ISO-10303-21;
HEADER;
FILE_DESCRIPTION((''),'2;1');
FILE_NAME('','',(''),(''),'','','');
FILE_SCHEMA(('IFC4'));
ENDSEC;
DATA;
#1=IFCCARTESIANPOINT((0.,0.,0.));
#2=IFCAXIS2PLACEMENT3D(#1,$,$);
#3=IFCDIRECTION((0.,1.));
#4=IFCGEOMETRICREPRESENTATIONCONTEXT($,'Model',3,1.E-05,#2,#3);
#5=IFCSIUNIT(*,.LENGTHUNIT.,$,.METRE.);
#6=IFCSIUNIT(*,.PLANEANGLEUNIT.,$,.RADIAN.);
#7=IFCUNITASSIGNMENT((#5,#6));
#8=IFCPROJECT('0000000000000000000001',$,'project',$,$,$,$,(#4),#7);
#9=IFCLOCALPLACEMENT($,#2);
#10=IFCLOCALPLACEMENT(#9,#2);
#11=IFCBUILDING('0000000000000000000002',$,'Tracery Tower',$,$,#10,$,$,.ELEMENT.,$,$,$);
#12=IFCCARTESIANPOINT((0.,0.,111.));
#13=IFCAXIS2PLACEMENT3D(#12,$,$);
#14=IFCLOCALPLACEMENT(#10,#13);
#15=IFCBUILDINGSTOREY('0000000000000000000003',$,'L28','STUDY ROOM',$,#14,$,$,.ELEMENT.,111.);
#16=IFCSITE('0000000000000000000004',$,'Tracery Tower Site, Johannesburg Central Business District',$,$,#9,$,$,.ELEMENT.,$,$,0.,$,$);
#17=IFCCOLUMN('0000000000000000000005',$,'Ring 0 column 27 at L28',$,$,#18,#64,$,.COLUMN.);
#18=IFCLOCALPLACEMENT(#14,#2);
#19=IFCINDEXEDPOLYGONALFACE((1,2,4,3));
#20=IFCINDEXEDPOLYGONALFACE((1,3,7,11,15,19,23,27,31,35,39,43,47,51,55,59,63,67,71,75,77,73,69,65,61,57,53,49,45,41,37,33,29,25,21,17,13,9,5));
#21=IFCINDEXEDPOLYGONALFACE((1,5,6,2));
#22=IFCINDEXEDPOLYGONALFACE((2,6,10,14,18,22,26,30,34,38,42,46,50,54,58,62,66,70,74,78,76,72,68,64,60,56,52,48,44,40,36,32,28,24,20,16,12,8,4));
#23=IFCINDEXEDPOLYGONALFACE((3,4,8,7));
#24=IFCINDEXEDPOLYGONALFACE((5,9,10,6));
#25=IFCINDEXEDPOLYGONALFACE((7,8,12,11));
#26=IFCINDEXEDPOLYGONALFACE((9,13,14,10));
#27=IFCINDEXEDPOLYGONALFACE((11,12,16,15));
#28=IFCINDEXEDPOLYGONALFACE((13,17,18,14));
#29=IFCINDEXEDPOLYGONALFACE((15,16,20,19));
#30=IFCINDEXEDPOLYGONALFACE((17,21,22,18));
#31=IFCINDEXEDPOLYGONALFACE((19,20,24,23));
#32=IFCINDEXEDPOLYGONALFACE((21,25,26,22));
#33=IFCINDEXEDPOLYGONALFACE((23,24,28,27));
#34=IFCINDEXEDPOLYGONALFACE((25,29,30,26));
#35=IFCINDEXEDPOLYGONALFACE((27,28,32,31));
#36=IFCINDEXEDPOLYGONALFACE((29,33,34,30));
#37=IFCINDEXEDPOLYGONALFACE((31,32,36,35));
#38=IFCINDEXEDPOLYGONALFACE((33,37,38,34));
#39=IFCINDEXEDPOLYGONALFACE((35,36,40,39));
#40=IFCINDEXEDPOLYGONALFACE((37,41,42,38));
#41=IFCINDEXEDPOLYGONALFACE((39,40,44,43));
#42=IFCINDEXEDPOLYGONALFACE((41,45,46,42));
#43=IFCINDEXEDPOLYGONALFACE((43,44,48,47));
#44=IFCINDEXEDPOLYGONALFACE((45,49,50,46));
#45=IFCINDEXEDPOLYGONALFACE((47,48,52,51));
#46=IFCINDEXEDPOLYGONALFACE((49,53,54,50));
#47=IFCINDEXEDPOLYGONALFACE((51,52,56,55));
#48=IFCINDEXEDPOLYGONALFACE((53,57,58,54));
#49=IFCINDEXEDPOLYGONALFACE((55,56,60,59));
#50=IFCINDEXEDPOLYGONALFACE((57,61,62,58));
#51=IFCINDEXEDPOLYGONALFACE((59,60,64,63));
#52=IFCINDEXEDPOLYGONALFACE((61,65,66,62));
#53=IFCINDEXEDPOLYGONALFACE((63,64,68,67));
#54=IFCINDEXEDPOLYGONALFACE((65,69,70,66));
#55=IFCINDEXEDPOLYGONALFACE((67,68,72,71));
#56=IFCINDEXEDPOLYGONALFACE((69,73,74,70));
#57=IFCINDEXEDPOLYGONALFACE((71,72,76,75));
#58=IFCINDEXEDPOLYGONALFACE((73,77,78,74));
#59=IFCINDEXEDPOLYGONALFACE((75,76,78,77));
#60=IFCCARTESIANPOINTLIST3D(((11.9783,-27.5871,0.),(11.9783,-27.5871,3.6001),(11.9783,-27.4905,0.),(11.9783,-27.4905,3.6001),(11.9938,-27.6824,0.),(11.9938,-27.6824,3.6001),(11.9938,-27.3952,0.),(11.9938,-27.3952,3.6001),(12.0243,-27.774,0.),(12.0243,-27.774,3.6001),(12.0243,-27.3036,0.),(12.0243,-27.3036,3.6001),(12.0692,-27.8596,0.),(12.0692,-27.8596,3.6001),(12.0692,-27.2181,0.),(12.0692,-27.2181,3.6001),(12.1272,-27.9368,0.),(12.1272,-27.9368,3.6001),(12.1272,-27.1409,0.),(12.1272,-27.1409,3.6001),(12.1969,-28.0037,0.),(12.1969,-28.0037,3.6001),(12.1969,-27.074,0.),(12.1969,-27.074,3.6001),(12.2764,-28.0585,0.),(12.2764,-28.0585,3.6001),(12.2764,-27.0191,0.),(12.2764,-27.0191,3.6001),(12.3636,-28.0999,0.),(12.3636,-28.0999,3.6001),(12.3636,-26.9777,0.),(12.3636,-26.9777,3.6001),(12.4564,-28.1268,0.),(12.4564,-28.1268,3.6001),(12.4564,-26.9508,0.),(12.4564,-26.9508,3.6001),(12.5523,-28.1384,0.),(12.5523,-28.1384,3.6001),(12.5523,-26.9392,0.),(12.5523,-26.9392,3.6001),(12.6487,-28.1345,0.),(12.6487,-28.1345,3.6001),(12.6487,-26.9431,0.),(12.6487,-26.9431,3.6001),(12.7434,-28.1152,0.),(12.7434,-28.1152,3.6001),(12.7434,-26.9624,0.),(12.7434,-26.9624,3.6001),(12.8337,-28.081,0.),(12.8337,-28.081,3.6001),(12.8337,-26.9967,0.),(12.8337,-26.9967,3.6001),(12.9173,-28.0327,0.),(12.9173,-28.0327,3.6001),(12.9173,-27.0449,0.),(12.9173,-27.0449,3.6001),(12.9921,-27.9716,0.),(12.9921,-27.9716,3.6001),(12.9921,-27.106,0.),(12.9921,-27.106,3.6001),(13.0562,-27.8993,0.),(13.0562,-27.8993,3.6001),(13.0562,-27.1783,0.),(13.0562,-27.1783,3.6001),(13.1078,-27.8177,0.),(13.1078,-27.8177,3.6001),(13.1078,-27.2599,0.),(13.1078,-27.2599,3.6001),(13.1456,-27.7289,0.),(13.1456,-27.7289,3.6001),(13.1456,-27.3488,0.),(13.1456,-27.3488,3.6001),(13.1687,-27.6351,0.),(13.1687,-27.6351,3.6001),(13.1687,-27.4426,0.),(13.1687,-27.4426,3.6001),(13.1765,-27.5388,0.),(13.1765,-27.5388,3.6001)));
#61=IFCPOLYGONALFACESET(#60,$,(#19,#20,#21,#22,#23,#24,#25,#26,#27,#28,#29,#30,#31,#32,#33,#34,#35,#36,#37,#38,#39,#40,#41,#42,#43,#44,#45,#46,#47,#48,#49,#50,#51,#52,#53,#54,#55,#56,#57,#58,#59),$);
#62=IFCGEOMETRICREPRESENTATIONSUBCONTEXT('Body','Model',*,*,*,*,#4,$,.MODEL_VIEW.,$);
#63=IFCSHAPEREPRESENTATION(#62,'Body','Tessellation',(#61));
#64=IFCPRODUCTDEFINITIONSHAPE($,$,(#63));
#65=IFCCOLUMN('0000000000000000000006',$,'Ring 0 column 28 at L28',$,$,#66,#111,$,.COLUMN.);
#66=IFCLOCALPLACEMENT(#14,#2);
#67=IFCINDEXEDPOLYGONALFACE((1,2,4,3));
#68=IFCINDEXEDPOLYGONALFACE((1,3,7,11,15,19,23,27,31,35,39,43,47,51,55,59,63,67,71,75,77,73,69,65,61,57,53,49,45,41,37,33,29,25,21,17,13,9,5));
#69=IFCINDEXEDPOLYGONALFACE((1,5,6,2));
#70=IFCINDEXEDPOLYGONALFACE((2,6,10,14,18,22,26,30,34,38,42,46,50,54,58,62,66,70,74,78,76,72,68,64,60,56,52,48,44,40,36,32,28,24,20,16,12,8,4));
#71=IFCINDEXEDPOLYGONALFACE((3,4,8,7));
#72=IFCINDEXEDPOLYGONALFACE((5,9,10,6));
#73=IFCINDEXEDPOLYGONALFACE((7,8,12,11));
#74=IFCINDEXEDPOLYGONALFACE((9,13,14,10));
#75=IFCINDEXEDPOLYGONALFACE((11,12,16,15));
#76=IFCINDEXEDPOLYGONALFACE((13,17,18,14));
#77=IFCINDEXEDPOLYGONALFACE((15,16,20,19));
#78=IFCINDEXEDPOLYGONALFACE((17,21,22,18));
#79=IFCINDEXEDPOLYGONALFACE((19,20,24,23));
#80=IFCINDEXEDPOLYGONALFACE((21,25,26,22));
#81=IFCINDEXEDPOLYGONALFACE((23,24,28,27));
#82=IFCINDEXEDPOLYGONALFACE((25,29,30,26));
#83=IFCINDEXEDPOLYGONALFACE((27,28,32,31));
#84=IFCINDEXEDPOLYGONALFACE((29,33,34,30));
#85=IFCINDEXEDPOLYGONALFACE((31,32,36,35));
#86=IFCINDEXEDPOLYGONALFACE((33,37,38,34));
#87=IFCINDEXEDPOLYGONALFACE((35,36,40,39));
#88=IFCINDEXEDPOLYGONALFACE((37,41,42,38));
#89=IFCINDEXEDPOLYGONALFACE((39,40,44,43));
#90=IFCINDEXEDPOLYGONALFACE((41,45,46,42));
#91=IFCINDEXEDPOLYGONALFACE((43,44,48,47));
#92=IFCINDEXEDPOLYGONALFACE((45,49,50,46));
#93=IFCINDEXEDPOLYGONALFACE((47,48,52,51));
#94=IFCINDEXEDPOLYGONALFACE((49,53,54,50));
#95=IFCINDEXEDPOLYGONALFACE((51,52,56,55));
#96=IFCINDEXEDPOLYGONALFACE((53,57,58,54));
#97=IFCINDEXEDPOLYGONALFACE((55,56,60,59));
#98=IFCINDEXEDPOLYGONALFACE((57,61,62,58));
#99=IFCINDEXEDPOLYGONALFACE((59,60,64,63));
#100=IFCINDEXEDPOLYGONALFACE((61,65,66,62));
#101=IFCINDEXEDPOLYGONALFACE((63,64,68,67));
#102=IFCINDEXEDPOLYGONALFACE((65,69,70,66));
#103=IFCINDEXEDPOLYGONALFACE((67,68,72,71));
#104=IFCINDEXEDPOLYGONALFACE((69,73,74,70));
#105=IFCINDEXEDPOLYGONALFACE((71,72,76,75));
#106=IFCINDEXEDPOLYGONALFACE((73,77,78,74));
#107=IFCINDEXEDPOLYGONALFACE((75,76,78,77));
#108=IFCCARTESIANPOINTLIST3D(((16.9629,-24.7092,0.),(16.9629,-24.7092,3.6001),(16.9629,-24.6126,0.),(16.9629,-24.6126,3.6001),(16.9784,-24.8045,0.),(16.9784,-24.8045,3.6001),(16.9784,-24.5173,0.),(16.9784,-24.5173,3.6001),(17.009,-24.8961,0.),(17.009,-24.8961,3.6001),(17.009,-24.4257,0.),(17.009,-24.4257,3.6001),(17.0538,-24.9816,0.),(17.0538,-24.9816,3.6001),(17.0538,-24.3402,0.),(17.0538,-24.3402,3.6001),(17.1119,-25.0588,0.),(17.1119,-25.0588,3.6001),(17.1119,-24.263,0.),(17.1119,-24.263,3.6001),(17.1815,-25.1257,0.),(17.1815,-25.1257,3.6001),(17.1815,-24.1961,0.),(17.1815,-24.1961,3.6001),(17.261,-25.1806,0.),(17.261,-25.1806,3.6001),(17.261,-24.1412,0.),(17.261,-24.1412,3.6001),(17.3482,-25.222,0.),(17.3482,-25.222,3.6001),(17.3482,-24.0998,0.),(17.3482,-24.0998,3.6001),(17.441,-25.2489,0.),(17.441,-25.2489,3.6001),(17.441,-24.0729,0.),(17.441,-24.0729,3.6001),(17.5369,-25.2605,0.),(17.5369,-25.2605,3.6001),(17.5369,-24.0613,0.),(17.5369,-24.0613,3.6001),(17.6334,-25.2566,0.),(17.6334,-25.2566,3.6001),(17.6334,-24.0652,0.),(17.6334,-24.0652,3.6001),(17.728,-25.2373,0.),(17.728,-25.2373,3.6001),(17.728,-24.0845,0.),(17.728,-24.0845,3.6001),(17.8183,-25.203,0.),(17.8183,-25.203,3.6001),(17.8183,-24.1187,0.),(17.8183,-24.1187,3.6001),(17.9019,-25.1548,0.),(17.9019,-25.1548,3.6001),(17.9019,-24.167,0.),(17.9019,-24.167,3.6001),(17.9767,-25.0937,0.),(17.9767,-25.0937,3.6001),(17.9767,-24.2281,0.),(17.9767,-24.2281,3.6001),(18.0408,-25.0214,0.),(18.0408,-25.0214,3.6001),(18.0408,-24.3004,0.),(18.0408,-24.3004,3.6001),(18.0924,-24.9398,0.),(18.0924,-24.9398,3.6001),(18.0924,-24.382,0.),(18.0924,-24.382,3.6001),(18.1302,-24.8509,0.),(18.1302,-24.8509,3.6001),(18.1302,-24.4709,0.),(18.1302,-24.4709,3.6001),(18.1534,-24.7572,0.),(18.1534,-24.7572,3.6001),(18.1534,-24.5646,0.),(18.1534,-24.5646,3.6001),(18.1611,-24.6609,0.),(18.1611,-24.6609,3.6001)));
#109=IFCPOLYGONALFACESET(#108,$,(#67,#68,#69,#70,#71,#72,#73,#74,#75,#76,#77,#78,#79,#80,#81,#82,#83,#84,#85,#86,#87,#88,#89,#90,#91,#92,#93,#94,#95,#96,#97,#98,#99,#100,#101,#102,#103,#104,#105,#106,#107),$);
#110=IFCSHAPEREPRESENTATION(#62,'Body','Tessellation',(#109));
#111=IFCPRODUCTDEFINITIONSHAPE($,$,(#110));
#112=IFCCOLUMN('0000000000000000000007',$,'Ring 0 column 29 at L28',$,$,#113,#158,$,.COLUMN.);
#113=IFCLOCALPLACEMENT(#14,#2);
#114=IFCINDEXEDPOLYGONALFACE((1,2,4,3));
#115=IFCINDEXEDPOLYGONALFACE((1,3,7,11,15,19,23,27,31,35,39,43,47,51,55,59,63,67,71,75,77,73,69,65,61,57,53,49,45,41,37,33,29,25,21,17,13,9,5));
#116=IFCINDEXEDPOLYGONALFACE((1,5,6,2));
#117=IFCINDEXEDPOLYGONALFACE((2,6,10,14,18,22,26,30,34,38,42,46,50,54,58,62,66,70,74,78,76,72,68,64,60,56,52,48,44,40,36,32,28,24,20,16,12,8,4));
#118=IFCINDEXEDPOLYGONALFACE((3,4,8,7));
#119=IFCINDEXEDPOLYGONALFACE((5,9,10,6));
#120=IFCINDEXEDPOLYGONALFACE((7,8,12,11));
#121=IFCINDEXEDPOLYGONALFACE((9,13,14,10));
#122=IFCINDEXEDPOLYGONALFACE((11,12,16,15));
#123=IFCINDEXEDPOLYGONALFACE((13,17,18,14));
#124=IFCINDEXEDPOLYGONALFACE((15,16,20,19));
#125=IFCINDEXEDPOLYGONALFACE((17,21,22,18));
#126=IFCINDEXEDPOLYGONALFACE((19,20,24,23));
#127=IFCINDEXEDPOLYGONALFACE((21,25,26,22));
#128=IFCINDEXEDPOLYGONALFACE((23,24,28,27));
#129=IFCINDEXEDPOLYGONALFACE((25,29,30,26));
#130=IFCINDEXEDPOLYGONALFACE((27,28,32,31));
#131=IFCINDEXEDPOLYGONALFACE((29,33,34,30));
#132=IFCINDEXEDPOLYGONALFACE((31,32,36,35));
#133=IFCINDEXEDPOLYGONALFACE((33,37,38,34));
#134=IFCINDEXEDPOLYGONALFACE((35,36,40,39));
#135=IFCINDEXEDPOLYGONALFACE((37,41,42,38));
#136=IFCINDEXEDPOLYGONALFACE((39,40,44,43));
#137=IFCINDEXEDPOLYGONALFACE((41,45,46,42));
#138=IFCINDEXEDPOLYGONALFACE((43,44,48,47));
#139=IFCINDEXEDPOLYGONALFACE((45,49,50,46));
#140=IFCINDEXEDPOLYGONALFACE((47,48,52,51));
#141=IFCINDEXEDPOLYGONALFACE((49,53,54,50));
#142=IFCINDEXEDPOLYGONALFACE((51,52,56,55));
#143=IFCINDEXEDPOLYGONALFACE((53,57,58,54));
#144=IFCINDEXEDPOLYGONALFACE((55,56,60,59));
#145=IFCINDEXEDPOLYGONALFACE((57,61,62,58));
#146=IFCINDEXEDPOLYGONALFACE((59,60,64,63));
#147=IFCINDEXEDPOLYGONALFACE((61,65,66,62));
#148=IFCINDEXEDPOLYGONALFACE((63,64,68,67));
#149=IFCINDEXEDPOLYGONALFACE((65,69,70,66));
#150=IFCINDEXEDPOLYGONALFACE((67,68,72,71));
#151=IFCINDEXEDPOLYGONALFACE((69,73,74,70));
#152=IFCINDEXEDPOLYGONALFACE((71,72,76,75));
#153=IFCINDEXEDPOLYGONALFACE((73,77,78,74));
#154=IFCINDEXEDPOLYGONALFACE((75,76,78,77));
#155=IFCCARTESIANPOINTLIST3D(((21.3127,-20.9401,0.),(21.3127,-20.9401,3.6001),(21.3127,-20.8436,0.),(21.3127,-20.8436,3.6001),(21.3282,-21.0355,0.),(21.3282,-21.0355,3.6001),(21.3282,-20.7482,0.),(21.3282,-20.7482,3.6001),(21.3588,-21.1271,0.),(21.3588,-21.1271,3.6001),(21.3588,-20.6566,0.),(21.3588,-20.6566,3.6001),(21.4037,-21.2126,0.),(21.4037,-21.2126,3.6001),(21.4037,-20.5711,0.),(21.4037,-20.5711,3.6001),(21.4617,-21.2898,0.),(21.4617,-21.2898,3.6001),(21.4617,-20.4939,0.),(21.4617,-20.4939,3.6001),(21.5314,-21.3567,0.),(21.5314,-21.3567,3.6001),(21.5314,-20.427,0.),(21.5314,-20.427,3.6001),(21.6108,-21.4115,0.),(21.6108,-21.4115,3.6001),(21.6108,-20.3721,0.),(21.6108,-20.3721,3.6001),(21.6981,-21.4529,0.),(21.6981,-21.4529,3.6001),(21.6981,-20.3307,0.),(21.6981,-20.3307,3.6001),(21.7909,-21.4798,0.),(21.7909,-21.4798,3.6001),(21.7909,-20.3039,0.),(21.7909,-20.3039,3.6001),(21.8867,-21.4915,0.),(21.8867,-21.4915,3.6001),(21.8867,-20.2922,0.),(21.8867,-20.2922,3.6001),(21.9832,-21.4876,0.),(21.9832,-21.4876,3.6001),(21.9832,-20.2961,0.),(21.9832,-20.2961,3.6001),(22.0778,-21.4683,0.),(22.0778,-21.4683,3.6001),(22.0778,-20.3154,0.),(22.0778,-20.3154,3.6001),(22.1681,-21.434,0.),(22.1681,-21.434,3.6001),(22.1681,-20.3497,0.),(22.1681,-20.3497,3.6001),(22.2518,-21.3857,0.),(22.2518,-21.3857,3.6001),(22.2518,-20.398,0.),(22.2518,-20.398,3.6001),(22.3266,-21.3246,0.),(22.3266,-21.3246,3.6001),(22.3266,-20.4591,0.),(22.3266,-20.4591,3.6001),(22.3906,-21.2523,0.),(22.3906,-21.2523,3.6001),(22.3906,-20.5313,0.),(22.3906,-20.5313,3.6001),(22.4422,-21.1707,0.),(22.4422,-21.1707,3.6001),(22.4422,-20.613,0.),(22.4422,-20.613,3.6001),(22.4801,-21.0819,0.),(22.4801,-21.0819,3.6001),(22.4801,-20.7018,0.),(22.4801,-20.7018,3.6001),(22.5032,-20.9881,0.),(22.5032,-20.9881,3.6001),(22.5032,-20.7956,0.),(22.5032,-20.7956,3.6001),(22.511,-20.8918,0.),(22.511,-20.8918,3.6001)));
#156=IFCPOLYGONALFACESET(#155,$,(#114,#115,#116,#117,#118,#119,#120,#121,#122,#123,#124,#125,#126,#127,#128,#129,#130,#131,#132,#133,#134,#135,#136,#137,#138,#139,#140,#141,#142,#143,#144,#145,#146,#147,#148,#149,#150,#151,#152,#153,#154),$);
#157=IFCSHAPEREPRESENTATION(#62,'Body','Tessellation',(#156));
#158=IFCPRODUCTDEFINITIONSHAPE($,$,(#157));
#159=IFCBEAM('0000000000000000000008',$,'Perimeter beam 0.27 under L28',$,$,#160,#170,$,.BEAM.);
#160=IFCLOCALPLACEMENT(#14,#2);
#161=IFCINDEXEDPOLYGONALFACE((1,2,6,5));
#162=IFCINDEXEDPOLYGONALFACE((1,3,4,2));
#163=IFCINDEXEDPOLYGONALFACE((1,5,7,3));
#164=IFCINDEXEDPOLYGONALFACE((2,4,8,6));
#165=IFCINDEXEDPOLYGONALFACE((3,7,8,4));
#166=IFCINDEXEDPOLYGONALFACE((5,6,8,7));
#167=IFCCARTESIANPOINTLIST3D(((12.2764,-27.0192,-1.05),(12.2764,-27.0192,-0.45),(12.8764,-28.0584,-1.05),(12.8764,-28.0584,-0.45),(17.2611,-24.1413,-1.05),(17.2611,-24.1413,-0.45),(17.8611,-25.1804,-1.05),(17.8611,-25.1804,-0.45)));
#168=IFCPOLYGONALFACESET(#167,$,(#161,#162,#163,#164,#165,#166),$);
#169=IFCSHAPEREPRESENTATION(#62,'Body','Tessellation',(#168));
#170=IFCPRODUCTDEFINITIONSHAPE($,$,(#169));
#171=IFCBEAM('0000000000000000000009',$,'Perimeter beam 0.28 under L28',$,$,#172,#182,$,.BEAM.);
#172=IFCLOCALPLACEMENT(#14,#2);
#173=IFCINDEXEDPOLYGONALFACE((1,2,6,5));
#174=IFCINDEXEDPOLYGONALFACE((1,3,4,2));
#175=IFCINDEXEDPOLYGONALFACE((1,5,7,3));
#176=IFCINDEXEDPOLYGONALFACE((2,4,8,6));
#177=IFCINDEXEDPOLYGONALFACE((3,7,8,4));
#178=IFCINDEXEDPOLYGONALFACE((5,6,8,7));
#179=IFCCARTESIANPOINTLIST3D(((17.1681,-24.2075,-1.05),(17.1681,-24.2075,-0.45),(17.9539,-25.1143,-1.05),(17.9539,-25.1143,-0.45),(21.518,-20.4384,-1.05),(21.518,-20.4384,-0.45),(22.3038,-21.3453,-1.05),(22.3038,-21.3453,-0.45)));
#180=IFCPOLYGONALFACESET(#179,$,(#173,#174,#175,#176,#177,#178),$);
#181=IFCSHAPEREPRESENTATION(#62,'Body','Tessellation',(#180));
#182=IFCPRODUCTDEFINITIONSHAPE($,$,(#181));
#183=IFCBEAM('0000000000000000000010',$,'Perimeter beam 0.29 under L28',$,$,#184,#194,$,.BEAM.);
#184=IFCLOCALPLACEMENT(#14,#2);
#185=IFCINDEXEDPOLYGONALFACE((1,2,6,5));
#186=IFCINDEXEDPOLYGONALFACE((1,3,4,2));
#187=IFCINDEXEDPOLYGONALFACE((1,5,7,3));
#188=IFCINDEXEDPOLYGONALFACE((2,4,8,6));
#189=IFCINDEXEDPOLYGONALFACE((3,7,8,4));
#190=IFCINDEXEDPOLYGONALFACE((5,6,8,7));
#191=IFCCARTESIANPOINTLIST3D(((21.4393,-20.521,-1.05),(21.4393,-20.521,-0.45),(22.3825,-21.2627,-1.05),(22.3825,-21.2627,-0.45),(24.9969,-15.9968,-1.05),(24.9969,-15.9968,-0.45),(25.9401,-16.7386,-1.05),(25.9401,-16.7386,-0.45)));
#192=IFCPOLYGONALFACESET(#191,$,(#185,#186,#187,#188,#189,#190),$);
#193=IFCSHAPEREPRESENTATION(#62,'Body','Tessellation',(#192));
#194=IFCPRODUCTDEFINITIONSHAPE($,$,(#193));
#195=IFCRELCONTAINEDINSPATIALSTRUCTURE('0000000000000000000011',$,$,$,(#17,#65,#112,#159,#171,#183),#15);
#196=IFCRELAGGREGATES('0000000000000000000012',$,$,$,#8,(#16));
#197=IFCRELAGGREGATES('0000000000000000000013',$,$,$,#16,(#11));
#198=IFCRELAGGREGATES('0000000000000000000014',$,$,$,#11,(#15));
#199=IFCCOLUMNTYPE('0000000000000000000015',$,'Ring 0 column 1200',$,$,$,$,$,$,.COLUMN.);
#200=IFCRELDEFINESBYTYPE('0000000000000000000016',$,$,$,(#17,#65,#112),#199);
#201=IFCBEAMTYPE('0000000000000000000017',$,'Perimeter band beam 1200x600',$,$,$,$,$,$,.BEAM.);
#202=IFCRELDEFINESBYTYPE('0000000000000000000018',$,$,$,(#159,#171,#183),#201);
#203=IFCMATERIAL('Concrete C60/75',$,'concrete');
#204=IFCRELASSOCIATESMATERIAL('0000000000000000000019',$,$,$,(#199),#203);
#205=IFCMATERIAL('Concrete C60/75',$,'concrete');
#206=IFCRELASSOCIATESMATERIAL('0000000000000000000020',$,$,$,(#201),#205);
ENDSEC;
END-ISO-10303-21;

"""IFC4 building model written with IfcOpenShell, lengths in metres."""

from ifc_helpers import new_model, si_unit, direction, frame, origin, origin_2d, place, context, subcontext, project, spatial, rectangle, circle, extrude, material, material_profile, profile_set, type_object, element, save


model = new_model("IFC4")

# Units and contexts
model_context = context("Model", 3, precision=1e-05, world=origin(), true_north=direction((0.0, 1.0)))
body_context = subcontext(model_context, "Body", "Model", "MODEL_VIEW")
ifc_project = project(units=[si_unit("LENGTHUNIT", "METRE"), si_unit("PLANEANGLEUNIT", "RADIAN")], contexts=[model_context])

# Site, building, storey
site_placement = place(None, origin())
site = spatial("IfcSite", under=ifc_project, at=site_placement, Name="Tracery Tower Site, Johannesburg Central Business District", CompositionType="ELEMENT", RefElevation=0.0)
building_placement = place(site_placement, origin())
building = spatial("IfcBuilding", under=site, at=building_placement, Name="Tracery Tower", CompositionType="ELEMENT")
storey_placement = place(building_placement, frame((0.0, 0.0, 111.0)))
storey = spatial("IfcBuildingStorey", under=building, at=storey_placement, Name="L28", Description="STUDY ROOM", CompositionType="ELEMENT", Elevation=111.0)

# Columns
ifc_material_1 = material(Name="Concrete C60/75", Category="concrete")
ifc_material_profile_1 = material_profile(ifc_material_1, circle(Radius=0.6001, at=origin_2d()), Name="RC D1200")
ifc_profile_set_1 = profile_set([ifc_material_profile_1], Name="Concrete C60/75")
column_type = type_object("IfcColumnType", Name="Ring 0 column 1200", PredefinedType="COLUMN", material=ifc_profile_set_1)
for number, where, z_axis, x_axis, name in (
    (1, (12.5764, -27.5388, 0.0), (0.0, 0.0, 1.0), (1.0, 0.0, 0.0), "Ring 0 column 27 at L28"),
    (2, (17.561, -24.6609, 0.0), (0.0, 0.0, 1.0), (1.0, 0.0, 0.0), "Ring 0 column 28 at L28"),
    (3, (21.9109, -20.8918, 0.0), (0.0, 0.0, 1.0), (1.0, 0.0, 0.0), "Ring 0 column 29 at L28"),
):
    element("IfcColumn", number, at=place(storey_placement, frame(where, z_axis=z_axis, x_axis=x_axis)), inside=storey, type_object=column_type, Name=name, PredefinedType="COLUMN", context=body_context, shape_type="SweptSolid", body=[
        extrude(circle(Radius=0.6001, at=origin_2d()), origin(), (0.0, 0.0, 1.0), 3.6001),
    ])

# Beams
ifc_material_2 = material(Name="Concrete C60/75", Category="concrete")
ifc_material_profile_2 = material_profile(ifc_material_2, rectangle(XDim=1.2, YDim=0.6001, at=origin_2d()), Name="RC 1200x600")
ifc_profile_set_2 = profile_set([ifc_material_profile_2], Name="Concrete C60/75")
beam_type = type_object("IfcBeamType", Name="Perimeter band beam 1200x600", PredefinedType="BEAM", material=ifc_profile_set_2)
beam_1_placement = place(storey_placement, frame((12.5764, -27.5388, -0.75), z_axis=(0.866021, 0.500008, 0.0), x_axis=(-0.500008, 0.866021, 0.0)))
element("IfcBeam", 4, at=beam_1_placement, inside=storey, type_object=beam_type, Name="Perimeter beam 0.27 under L28", PredefinedType="BEAM", context=body_context, shape_type="SweptSolid", body=[
    extrude(rectangle(XDim=1.2, YDim=0.6001, at=origin_2d()), origin(), (0.0, 0.0, 1.0), 5.7559),
])
beam_2_placement = place(storey_placement, frame((17.561, -24.6609, -0.75), z_axis=(0.75576, 0.654848, 0.0), x_axis=(-0.654848, 0.75576, 0.0)))
element("IfcBeam", 5, at=beam_2_placement, inside=storey, type_object=beam_type, Name="Perimeter beam 0.28 under L28", PredefinedType="BEAM", context=body_context, shape_type="SweptSolid", body=[
    extrude(rectangle(XDim=1.2, YDim=0.6001, at=origin_2d()), origin(), (0.0, 0.0, 1.0), 5.7556),
])
beam_3_placement = place(storey_placement, frame((21.9109, -20.8918, -0.75), z_axis=(0.618134, 0.786072, 0.0), x_axis=(-0.786072, 0.618134, 0.0)))
element("IfcBeam", 6, at=beam_3_placement, inside=storey, type_object=beam_type, Name="Perimeter beam 0.29 under L28", PredefinedType="BEAM", context=body_context, shape_type="SweptSolid", body=[
    extrude(rectangle(XDim=1.2, YDim=0.6001, at=origin_2d()), origin(), (0.0, 0.0, 1.0), 5.7554),
])

save(model, "model.ifc")
